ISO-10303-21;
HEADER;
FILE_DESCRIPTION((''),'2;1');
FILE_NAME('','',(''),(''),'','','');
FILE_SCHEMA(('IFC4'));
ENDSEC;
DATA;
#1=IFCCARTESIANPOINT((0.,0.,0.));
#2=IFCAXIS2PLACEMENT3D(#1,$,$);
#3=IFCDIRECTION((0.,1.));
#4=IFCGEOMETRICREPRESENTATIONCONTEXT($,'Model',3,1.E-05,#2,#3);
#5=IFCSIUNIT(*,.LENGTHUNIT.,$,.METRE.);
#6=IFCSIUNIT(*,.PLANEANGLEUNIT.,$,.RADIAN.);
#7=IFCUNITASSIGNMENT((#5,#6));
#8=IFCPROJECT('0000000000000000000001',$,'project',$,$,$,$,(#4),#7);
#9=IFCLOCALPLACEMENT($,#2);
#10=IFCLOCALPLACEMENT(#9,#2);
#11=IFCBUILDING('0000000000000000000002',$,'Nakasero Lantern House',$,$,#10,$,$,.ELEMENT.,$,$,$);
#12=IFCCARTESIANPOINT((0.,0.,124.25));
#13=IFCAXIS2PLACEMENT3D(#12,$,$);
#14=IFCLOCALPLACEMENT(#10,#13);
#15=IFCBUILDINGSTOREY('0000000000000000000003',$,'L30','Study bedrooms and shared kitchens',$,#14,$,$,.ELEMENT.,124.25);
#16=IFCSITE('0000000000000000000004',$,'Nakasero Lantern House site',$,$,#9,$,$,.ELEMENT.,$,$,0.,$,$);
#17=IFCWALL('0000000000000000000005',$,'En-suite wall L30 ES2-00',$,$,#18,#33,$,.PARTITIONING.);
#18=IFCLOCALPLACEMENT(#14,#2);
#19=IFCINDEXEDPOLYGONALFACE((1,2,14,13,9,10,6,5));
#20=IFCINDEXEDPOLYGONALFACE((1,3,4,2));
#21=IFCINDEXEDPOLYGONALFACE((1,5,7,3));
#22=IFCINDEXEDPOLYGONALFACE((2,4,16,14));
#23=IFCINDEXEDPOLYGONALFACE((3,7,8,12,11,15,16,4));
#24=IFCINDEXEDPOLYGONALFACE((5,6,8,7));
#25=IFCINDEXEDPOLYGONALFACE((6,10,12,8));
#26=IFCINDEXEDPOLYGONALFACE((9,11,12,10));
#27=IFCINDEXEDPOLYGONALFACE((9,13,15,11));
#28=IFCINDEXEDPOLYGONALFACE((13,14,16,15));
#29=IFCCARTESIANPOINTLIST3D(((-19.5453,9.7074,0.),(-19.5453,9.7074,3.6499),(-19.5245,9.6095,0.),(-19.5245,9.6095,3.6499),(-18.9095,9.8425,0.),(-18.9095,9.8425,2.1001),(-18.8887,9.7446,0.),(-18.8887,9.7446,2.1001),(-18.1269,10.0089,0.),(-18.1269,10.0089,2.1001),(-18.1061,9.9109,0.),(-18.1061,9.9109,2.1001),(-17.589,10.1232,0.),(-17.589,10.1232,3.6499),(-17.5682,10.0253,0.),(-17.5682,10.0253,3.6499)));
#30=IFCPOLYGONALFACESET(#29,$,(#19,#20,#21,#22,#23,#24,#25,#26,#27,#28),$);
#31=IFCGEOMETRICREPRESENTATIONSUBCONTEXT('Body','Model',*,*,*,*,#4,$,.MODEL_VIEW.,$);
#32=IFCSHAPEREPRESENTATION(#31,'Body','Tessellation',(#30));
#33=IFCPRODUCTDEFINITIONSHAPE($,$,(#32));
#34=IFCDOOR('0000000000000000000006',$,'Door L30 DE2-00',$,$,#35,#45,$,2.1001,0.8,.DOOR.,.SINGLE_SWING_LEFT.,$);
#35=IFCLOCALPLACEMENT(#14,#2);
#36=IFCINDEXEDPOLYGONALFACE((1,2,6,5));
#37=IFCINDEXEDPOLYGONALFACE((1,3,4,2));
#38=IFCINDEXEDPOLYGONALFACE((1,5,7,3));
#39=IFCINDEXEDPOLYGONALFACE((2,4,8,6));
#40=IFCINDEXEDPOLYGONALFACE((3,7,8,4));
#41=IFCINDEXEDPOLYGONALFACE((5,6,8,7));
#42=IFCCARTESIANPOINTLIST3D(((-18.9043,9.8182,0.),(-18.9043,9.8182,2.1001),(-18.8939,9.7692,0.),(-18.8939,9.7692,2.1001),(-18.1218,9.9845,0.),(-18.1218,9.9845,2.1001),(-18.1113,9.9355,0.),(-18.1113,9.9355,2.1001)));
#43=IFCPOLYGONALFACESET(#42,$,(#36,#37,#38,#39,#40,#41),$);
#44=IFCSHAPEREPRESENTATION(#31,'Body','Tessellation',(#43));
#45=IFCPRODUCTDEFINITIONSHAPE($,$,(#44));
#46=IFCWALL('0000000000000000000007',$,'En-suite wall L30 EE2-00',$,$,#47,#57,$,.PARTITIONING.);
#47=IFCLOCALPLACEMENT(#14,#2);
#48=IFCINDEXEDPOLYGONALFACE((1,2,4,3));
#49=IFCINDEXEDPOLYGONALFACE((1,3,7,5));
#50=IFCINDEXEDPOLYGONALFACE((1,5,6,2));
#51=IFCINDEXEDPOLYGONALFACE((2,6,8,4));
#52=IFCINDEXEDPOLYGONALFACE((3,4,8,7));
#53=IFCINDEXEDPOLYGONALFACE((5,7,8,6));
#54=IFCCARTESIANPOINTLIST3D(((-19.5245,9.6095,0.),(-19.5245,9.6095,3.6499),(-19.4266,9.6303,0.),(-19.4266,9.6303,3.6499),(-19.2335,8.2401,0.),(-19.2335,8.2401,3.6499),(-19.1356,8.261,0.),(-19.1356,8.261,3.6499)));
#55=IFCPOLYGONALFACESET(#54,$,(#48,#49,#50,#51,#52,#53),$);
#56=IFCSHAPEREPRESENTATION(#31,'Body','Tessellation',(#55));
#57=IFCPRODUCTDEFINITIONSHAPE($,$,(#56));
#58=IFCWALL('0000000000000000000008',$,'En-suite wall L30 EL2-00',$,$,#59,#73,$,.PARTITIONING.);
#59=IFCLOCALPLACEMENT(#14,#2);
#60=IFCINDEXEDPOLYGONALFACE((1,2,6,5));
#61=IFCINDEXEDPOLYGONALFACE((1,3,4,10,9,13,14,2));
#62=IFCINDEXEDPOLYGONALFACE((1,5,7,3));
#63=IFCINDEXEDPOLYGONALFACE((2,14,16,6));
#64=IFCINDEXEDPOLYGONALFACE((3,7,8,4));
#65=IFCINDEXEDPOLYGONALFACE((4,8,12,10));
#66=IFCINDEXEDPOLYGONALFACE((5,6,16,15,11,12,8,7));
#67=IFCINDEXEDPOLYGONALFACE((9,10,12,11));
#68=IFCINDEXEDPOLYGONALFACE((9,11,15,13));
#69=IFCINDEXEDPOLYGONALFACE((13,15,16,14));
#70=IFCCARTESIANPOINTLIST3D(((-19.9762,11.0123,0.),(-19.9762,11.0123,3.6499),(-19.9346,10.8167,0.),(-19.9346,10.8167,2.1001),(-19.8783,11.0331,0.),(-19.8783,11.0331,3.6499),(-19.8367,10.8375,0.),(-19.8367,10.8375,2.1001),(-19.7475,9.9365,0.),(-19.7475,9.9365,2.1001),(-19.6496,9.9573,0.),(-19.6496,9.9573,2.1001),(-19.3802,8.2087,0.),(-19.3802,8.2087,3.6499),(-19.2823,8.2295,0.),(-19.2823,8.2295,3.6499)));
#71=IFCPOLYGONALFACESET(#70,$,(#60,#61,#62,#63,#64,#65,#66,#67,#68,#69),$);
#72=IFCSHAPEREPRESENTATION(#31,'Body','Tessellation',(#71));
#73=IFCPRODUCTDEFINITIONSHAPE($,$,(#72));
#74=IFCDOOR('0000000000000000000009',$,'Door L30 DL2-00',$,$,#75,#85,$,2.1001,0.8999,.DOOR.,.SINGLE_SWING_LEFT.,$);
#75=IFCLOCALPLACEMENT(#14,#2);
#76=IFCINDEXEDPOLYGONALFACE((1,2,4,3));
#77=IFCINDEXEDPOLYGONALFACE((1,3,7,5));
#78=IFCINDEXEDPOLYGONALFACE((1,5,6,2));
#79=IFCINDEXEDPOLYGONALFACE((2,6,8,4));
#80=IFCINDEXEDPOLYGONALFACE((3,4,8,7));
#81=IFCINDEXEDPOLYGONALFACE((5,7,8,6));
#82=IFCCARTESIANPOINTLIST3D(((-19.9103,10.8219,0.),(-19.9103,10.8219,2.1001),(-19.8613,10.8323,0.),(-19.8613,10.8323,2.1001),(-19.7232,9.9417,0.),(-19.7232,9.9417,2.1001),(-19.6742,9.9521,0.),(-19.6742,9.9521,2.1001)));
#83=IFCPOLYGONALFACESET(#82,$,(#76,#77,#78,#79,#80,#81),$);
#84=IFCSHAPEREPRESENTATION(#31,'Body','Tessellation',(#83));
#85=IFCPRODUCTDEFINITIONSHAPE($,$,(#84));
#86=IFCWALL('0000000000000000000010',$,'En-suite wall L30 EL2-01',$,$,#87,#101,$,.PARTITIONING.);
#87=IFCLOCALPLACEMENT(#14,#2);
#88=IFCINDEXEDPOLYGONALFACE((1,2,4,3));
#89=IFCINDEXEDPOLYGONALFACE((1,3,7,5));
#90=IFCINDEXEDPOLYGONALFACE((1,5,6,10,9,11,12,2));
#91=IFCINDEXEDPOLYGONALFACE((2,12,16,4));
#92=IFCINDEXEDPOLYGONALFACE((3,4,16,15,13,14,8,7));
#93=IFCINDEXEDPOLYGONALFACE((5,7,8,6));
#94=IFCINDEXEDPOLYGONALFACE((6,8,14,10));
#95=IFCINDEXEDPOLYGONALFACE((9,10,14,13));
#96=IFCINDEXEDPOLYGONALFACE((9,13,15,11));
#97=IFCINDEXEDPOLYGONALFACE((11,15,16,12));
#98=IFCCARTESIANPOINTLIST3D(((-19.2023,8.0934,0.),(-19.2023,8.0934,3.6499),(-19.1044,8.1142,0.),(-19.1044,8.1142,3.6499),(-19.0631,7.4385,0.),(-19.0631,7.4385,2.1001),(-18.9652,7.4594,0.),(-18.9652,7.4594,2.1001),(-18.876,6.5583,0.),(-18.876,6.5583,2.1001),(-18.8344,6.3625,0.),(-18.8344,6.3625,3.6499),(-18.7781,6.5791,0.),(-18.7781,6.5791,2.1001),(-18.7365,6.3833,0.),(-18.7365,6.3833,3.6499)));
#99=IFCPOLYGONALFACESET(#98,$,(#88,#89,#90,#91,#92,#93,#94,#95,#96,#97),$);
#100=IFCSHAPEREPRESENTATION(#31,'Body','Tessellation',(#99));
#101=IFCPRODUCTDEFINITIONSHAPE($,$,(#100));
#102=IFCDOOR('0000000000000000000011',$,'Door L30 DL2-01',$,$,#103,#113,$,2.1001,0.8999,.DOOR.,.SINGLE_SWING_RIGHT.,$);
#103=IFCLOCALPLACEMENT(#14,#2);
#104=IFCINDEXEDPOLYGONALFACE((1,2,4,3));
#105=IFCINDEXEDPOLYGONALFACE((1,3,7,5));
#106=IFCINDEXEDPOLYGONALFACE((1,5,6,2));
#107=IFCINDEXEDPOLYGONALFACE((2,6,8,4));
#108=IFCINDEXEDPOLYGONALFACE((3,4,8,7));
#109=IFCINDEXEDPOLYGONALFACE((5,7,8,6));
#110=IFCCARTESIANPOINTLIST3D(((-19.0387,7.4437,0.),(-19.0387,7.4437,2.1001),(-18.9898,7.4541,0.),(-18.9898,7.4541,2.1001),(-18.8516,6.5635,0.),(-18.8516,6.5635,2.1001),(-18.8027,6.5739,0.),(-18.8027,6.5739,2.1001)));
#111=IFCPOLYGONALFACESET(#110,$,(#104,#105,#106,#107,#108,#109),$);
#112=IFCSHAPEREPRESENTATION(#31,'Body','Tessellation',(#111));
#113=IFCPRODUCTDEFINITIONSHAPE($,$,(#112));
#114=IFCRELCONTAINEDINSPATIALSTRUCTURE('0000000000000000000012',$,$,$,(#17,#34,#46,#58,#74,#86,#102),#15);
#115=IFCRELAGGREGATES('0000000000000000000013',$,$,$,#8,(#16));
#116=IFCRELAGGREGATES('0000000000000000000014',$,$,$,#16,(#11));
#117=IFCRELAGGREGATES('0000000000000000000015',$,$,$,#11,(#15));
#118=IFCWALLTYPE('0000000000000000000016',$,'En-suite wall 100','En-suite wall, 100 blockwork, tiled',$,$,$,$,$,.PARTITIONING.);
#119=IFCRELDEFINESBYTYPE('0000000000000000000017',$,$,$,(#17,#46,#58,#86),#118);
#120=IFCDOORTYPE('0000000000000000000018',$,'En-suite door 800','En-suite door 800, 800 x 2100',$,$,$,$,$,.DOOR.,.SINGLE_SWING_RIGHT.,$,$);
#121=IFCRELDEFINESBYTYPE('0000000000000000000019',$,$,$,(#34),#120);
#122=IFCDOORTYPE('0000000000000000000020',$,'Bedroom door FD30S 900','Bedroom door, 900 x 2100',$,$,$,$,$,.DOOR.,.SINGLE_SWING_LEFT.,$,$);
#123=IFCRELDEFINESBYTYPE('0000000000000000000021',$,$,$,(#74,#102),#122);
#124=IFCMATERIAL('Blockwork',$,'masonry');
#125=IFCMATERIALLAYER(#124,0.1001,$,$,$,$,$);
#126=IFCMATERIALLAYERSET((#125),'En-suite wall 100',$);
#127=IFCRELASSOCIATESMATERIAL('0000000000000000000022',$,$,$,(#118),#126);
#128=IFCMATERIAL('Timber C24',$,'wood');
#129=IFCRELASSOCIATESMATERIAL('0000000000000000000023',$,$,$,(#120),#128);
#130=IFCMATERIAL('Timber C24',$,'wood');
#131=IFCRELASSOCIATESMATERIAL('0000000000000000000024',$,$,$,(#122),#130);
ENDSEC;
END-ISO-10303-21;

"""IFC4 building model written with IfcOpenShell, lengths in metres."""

from ifc_helpers import new_model, si_unit, direction, frame, frame_2d, origin, place, context, subcontext, project, spatial, rectangle, extrude, material, layer, layer_set, type_object, element, fill, save


model = new_model("IFC4")

# Units and contexts
model_context = context("Model", 3, precision=1e-05, world=origin(), true_north=direction((0.0, 1.0)))
body_context = subcontext(model_context, "Body", "Model", "MODEL_VIEW")
ifc_project = project(units=[si_unit("LENGTHUNIT", "METRE"), si_unit("PLANEANGLEUNIT", "RADIAN")], contexts=[model_context])

# Site, building, storey
site_placement = place(None, origin())
site = spatial("IfcSite", under=ifc_project, at=site_placement, Name="Nakasero Lantern House site", CompositionType="ELEMENT", RefElevation=0.0)
building_placement = place(site_placement, origin())
building = spatial("IfcBuilding", under=site, at=building_placement, Name="Nakasero Lantern House", CompositionType="ELEMENT")
storey_placement = place(building_placement, frame((0.0, 0.0, 124.25)))
storey = spatial("IfcBuildingStorey", under=building, at=storey_placement, Name="L30", Description="Study bedrooms and shared kitchens", CompositionType="ELEMENT", Elevation=124.25)

# Shared definitions
ifc_material_1 = material(Name="Blockwork", Category="masonry")
ifc_layer_1 = layer(ifc_material_1, 0.1001)
ifc_layer_set_1 = layer_set([ifc_layer_1], Name="En-suite wall 100")
wall_type_1 = type_object("IfcWallType", Name="En-suite wall 100", Description="En-suite wall, 100 blockwork, tiled", PredefinedType="PARTITIONING", material=ifc_layer_set_1)
ifc_material_2 = material(Name="Timber C24", Category="wood")
door_type_1 = type_object("IfcDoorType", Name="En-suite door 800", Description="En-suite door 800, 800 x 2100", OperationType="SINGLE_SWING_RIGHT", PredefinedType="DOOR", material=ifc_material_2)

# Wall, opening, door
wall_1_placement = place(storey_placement, frame((-17.5786, 10.0742, 0.0), z_axis=(0.0, 0.0, 1.0), x_axis=(-0.978153, -0.207886, 0.0)))
wall_1 = element("IfcWall", 1, at=wall_1_placement, inside=storey, type_object=wall_type_1, Name="En-suite wall L30 ES2-00", PredefinedType="PARTITIONING", context=body_context, shape_type="SweptSolid", body=[
    extrude(rectangle(XDim=2.0, YDim=0.1001, at=frame_2d((1.0, 0.0))), origin(), (0.0, 0.0, 1.0), 3.6499),
])
opening_1_placement = place(wall_1_placement, frame((0.55, 0.0, 0.0)))
opening_1 = element("IfcOpeningElement", 2, at=opening_1_placement, cuts=wall_1, PredefinedType="OPENING", context=body_context, shape_type="SweptSolid", body=[
    extrude(rectangle(XDim=0.8, YDim=2.1001, at=frame_2d((0.3999, 1.05))), frame((0.0, 0.0701, 0.0), z_axis=(0.0, -1.0, 0.0), x_axis=(1.0, 0.0, 0.0)), (0.0, 0.0, 1.0), 0.1401),
])
door_1_placement = place(opening_1_placement, origin())
door_1 = element("IfcDoor", 3, at=door_1_placement, inside=storey, type_object=door_type_1, Name="Door L30 DE2-00", OperationType="SINGLE_SWING_LEFT", OverallHeight=2.1001, OverallWidth=0.8, PredefinedType="DOOR", context=body_context, shape_type="SweptSolid", body=[
    extrude(rectangle(XDim=0.8, YDim=2.1001, at=frame_2d((0.3999, 1.05))), frame((0.0, 0.0249, 0.0), z_axis=(0.0, -1.0, 0.0), x_axis=(1.0, 0.0, 0.0)), (0.0, 0.0, 1.0), 0.05),
])
fill(opening_1, door_1)

# Wall
wall_2_placement = place(storey_placement, frame((-19.4756, 9.6199, 0.0), z_axis=(0.0, 0.0, 1.0), x_axis=(0.207873, -0.978156, 0.0)))
element("IfcWall", 4, at=wall_2_placement, inside=storey, type_object=wall_type_1, Name="En-suite wall L30 EE2-00", PredefinedType="PARTITIONING", context=body_context, shape_type="SweptSolid", body=[
    extrude(rectangle(XDim=1.3999, YDim=0.1001, at=frame_2d((0.7, 0.0))), origin(), (0.0, 0.0, 1.0), 3.6499),
])

# Walls, openings, doors
wall_3_placement = place(storey_placement, frame((-19.9272, 11.0227, 0.0), z_axis=(0.0, 0.0, 1.0), x_axis=(0.207929, -0.978144, 0.0)))
wall_3 = element("IfcWall", 5, at=wall_3_placement, inside=storey, type_object=wall_type_1, Name="En-suite wall L30 EL2-00", PredefinedType="PARTITIONING", context=body_context, shape_type="SweptSolid", body=[
    extrude(rectangle(XDim=2.8662, YDim=0.1001, at=frame_2d((1.4331, 0.0))), origin(), (0.0, 0.0, 1.0), 3.6499),
])
opening_2_placement = place(wall_3_placement, frame((0.2, 0.0, 0.0)))
opening_2 = element("IfcOpeningElement", 6, at=opening_2_placement, cuts=wall_3, PredefinedType="OPENING", context=body_context, shape_type="SweptSolid", body=[
    extrude(rectangle(XDim=0.8999, YDim=2.1001, at=frame_2d((0.45, 1.05))), frame((0.0, 0.0701, 0.0), z_axis=(0.0, -1.0, 0.0), x_axis=(1.0, 0.0, 0.0)), (0.0, 0.0, 1.0), 0.1401),
])
ifc_material_3 = material(Name="Timber C24", Category="wood")
door_type_2 = type_object("IfcDoorType", Name="Bedroom door FD30S 900", Description="Bedroom door, 900 x 2100", OperationType="SINGLE_SWING_LEFT", PredefinedType="DOOR", material=ifc_material_3)
door_2_placement = place(opening_2_placement, origin())
door_2 = element("IfcDoor", 7, at=door_2_placement, inside=storey, type_object=door_type_2, Name="Door L30 DL2-00", OperationType="SINGLE_SWING_LEFT", OverallHeight=2.1001, OverallWidth=0.8999, PredefinedType="DOOR", context=body_context, shape_type="SweptSolid", body=[
    extrude(rectangle(XDim=0.8999, YDim=2.1001, at=frame_2d((0.45, 1.05))), frame((0.0, 0.0249, 0.0), z_axis=(0.0, -1.0, 0.0), x_axis=(1.0, 0.0, 0.0)), (0.0, 0.0, 1.0), 0.05),
])
fill(opening_2, door_2)
wall_4_placement = place(storey_placement, frame((-19.1533, 8.1038, 0.0), z_axis=(0.0, 0.0, 1.0), x_axis=(0.207908, -0.978148, 0.0)))
wall_4 = element("IfcWall", 8, at=wall_4_placement, inside=storey, type_object=wall_type_1, Name="En-suite wall L30 EL2-01", PredefinedType="PARTITIONING", context=body_context, shape_type="SweptSolid", body=[
    extrude(rectangle(XDim=1.7695, YDim=0.1001, at=frame_2d((0.8848, 0.0))), origin(), (0.0, 0.0, 1.0), 3.6499),
])
opening_3_placement = place(wall_4_placement, frame((0.6694, 0.0, 0.0)))
opening_3 = element("IfcOpeningElement", 9, at=opening_3_placement, cuts=wall_4, PredefinedType="OPENING", context=body_context, shape_type="SweptSolid", body=[
    extrude(rectangle(XDim=0.8999, YDim=2.1001, at=frame_2d((0.45, 1.05))), frame((0.0, 0.0701, 0.0), z_axis=(0.0, -1.0, 0.0), x_axis=(1.0, 0.0, 0.0)), (0.0, 0.0, 1.0), 0.1401),
])
door_3_placement = place(opening_3_placement, origin())
door_3 = element("IfcDoor", 10, at=door_3_placement, inside=storey, type_object=door_type_2, Name="Door L30 DL2-01", OperationType="SINGLE_SWING_RIGHT", OverallHeight=2.1001, OverallWidth=0.8999, PredefinedType="DOOR", context=body_context, shape_type="SweptSolid", body=[
    extrude(rectangle(XDim=0.8999, YDim=2.1001, at=frame_2d((0.45, 1.05))), frame((0.0, 0.0249, 0.0), z_axis=(0.0, -1.0, 0.0), x_axis=(1.0, 0.0, 0.0)), (0.0, 0.0, 1.0), 0.05),
])
fill(opening_3, door_3)

save(model, "model.ifc")
